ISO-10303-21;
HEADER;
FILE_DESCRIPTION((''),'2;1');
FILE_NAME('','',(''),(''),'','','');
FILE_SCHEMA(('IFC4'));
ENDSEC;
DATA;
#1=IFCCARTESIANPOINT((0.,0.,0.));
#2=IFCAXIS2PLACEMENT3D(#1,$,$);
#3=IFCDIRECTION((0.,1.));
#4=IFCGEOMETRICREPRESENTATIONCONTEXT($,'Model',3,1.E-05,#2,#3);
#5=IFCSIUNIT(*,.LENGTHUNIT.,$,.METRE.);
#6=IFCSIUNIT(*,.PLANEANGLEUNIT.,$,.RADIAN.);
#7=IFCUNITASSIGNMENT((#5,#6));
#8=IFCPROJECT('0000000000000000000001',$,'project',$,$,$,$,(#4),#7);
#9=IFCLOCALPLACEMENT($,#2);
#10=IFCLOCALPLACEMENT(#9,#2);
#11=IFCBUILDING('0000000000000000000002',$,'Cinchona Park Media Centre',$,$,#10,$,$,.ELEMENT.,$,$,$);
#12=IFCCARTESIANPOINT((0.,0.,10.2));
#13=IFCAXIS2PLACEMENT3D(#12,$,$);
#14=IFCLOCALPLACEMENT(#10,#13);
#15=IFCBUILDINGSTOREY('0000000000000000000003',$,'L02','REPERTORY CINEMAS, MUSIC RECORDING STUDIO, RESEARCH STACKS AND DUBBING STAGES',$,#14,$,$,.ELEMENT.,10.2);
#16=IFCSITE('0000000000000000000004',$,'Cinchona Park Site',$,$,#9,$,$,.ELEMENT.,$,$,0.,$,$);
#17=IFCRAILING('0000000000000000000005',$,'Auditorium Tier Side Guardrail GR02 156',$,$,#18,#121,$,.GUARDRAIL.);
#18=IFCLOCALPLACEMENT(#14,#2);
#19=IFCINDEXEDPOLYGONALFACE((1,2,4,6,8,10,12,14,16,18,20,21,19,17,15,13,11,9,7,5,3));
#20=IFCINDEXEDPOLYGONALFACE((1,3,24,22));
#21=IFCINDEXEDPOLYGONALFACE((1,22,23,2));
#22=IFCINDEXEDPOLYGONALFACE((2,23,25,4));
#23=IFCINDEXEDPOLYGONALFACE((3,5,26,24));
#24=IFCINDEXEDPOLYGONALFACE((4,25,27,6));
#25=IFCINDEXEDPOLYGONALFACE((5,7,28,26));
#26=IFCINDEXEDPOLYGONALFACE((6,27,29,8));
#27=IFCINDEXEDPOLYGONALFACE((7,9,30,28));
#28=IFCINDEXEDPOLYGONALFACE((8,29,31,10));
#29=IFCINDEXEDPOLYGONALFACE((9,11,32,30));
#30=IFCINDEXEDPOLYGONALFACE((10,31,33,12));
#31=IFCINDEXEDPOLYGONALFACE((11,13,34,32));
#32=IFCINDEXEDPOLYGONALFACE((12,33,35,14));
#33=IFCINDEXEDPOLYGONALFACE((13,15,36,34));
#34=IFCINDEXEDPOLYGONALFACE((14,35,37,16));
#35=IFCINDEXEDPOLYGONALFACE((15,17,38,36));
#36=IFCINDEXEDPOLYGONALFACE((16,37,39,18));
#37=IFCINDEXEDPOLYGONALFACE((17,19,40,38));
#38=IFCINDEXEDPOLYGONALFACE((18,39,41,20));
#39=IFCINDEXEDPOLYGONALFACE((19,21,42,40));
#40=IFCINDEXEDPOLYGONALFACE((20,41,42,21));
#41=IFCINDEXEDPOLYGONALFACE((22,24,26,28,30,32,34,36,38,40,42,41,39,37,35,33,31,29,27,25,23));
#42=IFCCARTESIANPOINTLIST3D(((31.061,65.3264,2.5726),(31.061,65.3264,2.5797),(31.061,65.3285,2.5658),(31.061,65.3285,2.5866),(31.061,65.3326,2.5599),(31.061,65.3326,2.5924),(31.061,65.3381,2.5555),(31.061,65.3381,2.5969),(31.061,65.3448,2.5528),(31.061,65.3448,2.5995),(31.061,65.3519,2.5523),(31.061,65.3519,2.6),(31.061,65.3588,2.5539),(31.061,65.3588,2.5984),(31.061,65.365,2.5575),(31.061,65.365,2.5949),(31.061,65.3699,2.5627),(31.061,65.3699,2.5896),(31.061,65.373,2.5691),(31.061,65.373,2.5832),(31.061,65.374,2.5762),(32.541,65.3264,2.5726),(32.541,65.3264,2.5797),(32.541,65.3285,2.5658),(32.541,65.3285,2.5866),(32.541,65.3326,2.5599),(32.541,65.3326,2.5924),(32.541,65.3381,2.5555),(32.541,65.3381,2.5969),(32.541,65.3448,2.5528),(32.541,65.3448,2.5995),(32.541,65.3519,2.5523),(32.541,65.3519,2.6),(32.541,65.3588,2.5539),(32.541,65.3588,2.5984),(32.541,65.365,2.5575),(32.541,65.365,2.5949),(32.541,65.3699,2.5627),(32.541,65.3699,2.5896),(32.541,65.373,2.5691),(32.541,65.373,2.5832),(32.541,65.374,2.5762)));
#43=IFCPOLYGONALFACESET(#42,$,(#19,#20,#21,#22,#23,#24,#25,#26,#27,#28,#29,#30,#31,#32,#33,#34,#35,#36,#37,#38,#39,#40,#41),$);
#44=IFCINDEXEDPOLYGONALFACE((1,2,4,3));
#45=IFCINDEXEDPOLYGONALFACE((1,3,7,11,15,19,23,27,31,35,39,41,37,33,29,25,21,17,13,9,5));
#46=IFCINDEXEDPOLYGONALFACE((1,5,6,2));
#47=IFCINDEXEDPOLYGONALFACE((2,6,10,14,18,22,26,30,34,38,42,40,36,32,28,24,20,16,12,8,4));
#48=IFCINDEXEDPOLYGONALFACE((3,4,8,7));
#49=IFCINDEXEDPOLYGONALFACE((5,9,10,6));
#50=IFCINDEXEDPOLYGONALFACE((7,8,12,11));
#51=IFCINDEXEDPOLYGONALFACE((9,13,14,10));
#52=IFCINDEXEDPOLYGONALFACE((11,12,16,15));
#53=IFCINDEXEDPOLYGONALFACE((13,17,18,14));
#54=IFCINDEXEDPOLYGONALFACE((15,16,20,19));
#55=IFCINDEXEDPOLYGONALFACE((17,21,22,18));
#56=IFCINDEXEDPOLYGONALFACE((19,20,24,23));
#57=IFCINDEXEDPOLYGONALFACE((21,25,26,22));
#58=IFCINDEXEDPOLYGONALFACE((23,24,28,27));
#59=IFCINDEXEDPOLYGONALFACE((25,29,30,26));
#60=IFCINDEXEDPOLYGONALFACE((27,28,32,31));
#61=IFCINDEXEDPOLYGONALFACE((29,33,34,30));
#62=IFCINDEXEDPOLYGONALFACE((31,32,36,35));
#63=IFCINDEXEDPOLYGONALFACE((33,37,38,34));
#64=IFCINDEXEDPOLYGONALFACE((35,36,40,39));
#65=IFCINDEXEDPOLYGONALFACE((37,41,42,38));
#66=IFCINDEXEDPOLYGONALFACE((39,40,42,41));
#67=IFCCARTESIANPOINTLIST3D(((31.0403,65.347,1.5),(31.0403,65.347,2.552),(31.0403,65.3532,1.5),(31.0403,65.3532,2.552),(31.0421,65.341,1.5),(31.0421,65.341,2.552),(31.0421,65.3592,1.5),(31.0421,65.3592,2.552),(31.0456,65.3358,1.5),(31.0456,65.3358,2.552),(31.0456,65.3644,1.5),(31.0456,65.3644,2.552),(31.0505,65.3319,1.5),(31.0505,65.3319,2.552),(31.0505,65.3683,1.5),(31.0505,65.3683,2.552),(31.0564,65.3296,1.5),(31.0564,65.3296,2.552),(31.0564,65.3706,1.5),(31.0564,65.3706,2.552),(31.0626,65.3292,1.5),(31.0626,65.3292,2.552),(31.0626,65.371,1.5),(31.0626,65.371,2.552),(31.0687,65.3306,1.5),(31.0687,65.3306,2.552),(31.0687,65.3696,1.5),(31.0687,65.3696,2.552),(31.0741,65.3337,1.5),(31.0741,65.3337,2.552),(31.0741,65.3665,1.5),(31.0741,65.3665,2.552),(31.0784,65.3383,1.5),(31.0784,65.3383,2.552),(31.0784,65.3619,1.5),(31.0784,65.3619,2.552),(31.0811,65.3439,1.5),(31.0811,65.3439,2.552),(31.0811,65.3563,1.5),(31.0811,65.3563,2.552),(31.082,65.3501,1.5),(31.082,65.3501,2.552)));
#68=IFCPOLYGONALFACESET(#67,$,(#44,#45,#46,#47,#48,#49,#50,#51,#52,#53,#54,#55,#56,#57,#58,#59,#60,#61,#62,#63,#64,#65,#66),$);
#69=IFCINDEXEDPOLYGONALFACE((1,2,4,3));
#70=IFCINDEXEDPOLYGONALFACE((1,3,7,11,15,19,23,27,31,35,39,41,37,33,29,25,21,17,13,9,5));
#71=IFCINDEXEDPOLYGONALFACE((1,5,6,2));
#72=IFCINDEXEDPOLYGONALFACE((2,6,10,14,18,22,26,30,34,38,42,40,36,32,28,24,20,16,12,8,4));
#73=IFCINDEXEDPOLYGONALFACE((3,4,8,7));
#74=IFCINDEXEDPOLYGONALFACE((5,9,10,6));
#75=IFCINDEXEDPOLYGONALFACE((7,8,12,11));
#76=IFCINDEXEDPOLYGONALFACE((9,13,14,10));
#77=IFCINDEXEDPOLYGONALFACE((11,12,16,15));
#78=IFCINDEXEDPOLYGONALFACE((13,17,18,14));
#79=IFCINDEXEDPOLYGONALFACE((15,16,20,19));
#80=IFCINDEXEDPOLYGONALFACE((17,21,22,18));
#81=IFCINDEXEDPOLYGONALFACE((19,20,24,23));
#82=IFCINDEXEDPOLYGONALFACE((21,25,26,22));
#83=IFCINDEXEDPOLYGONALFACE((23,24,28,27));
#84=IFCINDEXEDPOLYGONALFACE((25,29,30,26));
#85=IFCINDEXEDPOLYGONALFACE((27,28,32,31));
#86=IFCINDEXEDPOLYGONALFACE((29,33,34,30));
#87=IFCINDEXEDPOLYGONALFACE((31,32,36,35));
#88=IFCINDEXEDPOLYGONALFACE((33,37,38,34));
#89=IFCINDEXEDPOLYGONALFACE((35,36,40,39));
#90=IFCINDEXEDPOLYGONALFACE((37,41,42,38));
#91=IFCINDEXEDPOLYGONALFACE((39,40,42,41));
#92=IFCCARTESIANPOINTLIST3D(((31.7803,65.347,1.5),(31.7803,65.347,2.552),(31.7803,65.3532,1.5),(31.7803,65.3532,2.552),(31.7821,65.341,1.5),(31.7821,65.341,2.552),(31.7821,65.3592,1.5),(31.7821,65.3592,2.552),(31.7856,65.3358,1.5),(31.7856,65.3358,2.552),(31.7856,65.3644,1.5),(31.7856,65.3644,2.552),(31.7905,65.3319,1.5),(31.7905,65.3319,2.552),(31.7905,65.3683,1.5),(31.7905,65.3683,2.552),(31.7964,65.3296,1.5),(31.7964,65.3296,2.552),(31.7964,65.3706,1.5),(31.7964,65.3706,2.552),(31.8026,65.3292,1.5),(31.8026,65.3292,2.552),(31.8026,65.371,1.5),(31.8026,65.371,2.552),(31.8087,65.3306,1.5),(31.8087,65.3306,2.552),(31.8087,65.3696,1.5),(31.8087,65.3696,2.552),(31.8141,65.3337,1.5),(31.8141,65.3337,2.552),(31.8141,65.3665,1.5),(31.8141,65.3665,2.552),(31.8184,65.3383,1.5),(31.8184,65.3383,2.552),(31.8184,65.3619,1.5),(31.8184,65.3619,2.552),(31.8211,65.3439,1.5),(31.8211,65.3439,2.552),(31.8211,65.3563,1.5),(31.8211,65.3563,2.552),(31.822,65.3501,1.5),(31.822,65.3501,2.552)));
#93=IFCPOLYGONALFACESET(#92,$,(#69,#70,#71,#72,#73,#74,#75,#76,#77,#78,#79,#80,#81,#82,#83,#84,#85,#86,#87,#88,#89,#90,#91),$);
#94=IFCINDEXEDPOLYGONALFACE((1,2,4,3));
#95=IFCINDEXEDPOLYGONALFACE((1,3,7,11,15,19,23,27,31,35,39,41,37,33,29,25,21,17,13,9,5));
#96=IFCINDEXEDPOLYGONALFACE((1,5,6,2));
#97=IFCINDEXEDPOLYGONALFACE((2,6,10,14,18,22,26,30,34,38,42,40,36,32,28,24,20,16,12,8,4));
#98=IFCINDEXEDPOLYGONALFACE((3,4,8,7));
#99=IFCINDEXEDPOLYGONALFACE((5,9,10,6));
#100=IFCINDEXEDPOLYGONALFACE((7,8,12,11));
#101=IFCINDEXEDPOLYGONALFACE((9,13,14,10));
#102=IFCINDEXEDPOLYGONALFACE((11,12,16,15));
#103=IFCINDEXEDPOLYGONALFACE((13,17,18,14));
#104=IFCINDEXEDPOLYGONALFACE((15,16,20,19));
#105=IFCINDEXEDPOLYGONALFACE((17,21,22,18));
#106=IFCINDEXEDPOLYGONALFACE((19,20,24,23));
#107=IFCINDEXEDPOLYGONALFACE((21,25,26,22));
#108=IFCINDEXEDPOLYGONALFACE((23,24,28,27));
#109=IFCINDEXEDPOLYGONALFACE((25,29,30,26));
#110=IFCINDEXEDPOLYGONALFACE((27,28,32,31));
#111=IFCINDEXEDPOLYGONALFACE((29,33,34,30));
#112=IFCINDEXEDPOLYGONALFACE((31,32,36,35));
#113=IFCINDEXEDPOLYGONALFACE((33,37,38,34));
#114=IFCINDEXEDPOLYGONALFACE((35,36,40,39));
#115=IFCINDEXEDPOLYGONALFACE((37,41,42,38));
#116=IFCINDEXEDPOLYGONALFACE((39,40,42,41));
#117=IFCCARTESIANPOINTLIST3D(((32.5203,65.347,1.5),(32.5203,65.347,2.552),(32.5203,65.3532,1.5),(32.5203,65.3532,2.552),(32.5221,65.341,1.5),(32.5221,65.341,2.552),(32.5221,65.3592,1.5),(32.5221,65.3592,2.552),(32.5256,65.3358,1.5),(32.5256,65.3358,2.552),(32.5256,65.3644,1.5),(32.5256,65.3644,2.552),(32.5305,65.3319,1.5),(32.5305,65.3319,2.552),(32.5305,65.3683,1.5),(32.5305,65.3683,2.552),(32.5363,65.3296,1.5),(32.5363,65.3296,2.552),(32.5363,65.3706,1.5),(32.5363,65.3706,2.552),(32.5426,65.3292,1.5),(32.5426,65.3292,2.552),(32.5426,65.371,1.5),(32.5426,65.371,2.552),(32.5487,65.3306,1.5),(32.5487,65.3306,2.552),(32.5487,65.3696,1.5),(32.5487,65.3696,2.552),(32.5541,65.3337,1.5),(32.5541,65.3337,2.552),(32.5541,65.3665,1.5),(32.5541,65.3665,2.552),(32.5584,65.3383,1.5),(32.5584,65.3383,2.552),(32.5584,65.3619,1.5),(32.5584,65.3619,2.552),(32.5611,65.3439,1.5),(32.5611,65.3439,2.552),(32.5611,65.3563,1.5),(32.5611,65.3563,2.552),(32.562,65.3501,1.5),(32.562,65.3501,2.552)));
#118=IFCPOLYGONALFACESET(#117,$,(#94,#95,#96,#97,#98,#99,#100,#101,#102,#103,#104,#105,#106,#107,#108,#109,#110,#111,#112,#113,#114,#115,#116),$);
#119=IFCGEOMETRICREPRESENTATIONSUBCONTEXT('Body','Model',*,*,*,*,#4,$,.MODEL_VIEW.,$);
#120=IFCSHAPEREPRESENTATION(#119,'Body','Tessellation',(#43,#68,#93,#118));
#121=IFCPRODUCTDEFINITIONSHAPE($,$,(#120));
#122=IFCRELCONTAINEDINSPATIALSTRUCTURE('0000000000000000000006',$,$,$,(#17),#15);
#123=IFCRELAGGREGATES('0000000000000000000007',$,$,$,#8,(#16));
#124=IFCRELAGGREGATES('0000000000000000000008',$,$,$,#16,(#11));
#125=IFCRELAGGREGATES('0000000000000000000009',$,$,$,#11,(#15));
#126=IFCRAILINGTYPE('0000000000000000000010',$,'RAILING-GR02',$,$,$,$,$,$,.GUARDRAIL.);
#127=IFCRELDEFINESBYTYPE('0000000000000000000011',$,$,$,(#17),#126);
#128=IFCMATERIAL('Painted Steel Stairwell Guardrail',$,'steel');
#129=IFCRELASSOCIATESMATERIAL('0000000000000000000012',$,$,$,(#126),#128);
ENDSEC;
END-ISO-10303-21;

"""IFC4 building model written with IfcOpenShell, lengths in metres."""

from ifc_helpers import new_model, si_unit, direction, frame, origin, origin_2d, place, context, subcontext, project, spatial, circle, extrude, material, type_object, element, save


model = new_model("IFC4")

# Units and contexts
model_context = context("Model", 3, precision=1e-05, world=origin(), true_north=direction((0.0, 1.0)))
body_context = subcontext(model_context, "Body", "Model", "MODEL_VIEW")
ifc_project = project(units=[si_unit("LENGTHUNIT", "METRE"), si_unit("PLANEANGLEUNIT", "RADIAN")], contexts=[model_context])

# Site, building, storey
site_placement = place(None, origin())
site = spatial("IfcSite", under=ifc_project, at=site_placement, Name="Cinchona Park Site", CompositionType="ELEMENT", RefElevation=0.0)
building_placement = place(site_placement, origin())
building = spatial("IfcBuilding", under=site, at=building_placement, Name="Cinchona Park Media Centre", CompositionType="ELEMENT")
storey_placement = place(building_placement, frame((0.0, 0.0, 10.2)))
storey = spatial("IfcBuildingStorey", under=building, at=storey_placement, Name="L02", Description="REPERTORY CINEMAS, MUSIC RECORDING STUDIO, RESEARCH STACKS AND DUBBING STAGES", CompositionType="ELEMENT", Elevation=10.2)

# Railing
ifc_material_1 = material(Name="Painted Steel Stairwell Guardrail", Category="steel")
railing_type_1 = type_object("IfcRailingType", Name="RAILING-GR02", PredefinedType="GUARDRAIL", material=ifc_material_1)
railing_1_placement = place(storey_placement, frame((31.061, 65.3501, 1.5)))
element("IfcRailing", 1, at=railing_1_placement, inside=storey, type_object=railing_type_1, Name="Auditorium Tier Side Guardrail GR02 156", PredefinedType="GUARDRAIL", context=body_context, shape_type="SweptSolid", body=[
    extrude(circle(Radius=0.0239, at=origin_2d()), frame((0.0, 0.0, 1.0762), z_axis=(1.0, 0.0, 0.0), x_axis=(0.0, 1.0, 0.0)), (0.0, 0.0, 1.0), 1.48),
    extrude(circle(Radius=0.021, at=origin_2d()), origin(), (0.0, 0.0, 1.0), 1.052),
    extrude(circle(Radius=0.021, at=origin_2d()), frame((0.74, 0.0, 0.0)), (0.0, 0.0, 1.0), 1.052),
    extrude(circle(Radius=0.021, at=origin_2d()), frame((1.48, 0.0, 0.0)), (0.0, 0.0, 1.0), 1.052),
])

save(model, "model.ifc")
